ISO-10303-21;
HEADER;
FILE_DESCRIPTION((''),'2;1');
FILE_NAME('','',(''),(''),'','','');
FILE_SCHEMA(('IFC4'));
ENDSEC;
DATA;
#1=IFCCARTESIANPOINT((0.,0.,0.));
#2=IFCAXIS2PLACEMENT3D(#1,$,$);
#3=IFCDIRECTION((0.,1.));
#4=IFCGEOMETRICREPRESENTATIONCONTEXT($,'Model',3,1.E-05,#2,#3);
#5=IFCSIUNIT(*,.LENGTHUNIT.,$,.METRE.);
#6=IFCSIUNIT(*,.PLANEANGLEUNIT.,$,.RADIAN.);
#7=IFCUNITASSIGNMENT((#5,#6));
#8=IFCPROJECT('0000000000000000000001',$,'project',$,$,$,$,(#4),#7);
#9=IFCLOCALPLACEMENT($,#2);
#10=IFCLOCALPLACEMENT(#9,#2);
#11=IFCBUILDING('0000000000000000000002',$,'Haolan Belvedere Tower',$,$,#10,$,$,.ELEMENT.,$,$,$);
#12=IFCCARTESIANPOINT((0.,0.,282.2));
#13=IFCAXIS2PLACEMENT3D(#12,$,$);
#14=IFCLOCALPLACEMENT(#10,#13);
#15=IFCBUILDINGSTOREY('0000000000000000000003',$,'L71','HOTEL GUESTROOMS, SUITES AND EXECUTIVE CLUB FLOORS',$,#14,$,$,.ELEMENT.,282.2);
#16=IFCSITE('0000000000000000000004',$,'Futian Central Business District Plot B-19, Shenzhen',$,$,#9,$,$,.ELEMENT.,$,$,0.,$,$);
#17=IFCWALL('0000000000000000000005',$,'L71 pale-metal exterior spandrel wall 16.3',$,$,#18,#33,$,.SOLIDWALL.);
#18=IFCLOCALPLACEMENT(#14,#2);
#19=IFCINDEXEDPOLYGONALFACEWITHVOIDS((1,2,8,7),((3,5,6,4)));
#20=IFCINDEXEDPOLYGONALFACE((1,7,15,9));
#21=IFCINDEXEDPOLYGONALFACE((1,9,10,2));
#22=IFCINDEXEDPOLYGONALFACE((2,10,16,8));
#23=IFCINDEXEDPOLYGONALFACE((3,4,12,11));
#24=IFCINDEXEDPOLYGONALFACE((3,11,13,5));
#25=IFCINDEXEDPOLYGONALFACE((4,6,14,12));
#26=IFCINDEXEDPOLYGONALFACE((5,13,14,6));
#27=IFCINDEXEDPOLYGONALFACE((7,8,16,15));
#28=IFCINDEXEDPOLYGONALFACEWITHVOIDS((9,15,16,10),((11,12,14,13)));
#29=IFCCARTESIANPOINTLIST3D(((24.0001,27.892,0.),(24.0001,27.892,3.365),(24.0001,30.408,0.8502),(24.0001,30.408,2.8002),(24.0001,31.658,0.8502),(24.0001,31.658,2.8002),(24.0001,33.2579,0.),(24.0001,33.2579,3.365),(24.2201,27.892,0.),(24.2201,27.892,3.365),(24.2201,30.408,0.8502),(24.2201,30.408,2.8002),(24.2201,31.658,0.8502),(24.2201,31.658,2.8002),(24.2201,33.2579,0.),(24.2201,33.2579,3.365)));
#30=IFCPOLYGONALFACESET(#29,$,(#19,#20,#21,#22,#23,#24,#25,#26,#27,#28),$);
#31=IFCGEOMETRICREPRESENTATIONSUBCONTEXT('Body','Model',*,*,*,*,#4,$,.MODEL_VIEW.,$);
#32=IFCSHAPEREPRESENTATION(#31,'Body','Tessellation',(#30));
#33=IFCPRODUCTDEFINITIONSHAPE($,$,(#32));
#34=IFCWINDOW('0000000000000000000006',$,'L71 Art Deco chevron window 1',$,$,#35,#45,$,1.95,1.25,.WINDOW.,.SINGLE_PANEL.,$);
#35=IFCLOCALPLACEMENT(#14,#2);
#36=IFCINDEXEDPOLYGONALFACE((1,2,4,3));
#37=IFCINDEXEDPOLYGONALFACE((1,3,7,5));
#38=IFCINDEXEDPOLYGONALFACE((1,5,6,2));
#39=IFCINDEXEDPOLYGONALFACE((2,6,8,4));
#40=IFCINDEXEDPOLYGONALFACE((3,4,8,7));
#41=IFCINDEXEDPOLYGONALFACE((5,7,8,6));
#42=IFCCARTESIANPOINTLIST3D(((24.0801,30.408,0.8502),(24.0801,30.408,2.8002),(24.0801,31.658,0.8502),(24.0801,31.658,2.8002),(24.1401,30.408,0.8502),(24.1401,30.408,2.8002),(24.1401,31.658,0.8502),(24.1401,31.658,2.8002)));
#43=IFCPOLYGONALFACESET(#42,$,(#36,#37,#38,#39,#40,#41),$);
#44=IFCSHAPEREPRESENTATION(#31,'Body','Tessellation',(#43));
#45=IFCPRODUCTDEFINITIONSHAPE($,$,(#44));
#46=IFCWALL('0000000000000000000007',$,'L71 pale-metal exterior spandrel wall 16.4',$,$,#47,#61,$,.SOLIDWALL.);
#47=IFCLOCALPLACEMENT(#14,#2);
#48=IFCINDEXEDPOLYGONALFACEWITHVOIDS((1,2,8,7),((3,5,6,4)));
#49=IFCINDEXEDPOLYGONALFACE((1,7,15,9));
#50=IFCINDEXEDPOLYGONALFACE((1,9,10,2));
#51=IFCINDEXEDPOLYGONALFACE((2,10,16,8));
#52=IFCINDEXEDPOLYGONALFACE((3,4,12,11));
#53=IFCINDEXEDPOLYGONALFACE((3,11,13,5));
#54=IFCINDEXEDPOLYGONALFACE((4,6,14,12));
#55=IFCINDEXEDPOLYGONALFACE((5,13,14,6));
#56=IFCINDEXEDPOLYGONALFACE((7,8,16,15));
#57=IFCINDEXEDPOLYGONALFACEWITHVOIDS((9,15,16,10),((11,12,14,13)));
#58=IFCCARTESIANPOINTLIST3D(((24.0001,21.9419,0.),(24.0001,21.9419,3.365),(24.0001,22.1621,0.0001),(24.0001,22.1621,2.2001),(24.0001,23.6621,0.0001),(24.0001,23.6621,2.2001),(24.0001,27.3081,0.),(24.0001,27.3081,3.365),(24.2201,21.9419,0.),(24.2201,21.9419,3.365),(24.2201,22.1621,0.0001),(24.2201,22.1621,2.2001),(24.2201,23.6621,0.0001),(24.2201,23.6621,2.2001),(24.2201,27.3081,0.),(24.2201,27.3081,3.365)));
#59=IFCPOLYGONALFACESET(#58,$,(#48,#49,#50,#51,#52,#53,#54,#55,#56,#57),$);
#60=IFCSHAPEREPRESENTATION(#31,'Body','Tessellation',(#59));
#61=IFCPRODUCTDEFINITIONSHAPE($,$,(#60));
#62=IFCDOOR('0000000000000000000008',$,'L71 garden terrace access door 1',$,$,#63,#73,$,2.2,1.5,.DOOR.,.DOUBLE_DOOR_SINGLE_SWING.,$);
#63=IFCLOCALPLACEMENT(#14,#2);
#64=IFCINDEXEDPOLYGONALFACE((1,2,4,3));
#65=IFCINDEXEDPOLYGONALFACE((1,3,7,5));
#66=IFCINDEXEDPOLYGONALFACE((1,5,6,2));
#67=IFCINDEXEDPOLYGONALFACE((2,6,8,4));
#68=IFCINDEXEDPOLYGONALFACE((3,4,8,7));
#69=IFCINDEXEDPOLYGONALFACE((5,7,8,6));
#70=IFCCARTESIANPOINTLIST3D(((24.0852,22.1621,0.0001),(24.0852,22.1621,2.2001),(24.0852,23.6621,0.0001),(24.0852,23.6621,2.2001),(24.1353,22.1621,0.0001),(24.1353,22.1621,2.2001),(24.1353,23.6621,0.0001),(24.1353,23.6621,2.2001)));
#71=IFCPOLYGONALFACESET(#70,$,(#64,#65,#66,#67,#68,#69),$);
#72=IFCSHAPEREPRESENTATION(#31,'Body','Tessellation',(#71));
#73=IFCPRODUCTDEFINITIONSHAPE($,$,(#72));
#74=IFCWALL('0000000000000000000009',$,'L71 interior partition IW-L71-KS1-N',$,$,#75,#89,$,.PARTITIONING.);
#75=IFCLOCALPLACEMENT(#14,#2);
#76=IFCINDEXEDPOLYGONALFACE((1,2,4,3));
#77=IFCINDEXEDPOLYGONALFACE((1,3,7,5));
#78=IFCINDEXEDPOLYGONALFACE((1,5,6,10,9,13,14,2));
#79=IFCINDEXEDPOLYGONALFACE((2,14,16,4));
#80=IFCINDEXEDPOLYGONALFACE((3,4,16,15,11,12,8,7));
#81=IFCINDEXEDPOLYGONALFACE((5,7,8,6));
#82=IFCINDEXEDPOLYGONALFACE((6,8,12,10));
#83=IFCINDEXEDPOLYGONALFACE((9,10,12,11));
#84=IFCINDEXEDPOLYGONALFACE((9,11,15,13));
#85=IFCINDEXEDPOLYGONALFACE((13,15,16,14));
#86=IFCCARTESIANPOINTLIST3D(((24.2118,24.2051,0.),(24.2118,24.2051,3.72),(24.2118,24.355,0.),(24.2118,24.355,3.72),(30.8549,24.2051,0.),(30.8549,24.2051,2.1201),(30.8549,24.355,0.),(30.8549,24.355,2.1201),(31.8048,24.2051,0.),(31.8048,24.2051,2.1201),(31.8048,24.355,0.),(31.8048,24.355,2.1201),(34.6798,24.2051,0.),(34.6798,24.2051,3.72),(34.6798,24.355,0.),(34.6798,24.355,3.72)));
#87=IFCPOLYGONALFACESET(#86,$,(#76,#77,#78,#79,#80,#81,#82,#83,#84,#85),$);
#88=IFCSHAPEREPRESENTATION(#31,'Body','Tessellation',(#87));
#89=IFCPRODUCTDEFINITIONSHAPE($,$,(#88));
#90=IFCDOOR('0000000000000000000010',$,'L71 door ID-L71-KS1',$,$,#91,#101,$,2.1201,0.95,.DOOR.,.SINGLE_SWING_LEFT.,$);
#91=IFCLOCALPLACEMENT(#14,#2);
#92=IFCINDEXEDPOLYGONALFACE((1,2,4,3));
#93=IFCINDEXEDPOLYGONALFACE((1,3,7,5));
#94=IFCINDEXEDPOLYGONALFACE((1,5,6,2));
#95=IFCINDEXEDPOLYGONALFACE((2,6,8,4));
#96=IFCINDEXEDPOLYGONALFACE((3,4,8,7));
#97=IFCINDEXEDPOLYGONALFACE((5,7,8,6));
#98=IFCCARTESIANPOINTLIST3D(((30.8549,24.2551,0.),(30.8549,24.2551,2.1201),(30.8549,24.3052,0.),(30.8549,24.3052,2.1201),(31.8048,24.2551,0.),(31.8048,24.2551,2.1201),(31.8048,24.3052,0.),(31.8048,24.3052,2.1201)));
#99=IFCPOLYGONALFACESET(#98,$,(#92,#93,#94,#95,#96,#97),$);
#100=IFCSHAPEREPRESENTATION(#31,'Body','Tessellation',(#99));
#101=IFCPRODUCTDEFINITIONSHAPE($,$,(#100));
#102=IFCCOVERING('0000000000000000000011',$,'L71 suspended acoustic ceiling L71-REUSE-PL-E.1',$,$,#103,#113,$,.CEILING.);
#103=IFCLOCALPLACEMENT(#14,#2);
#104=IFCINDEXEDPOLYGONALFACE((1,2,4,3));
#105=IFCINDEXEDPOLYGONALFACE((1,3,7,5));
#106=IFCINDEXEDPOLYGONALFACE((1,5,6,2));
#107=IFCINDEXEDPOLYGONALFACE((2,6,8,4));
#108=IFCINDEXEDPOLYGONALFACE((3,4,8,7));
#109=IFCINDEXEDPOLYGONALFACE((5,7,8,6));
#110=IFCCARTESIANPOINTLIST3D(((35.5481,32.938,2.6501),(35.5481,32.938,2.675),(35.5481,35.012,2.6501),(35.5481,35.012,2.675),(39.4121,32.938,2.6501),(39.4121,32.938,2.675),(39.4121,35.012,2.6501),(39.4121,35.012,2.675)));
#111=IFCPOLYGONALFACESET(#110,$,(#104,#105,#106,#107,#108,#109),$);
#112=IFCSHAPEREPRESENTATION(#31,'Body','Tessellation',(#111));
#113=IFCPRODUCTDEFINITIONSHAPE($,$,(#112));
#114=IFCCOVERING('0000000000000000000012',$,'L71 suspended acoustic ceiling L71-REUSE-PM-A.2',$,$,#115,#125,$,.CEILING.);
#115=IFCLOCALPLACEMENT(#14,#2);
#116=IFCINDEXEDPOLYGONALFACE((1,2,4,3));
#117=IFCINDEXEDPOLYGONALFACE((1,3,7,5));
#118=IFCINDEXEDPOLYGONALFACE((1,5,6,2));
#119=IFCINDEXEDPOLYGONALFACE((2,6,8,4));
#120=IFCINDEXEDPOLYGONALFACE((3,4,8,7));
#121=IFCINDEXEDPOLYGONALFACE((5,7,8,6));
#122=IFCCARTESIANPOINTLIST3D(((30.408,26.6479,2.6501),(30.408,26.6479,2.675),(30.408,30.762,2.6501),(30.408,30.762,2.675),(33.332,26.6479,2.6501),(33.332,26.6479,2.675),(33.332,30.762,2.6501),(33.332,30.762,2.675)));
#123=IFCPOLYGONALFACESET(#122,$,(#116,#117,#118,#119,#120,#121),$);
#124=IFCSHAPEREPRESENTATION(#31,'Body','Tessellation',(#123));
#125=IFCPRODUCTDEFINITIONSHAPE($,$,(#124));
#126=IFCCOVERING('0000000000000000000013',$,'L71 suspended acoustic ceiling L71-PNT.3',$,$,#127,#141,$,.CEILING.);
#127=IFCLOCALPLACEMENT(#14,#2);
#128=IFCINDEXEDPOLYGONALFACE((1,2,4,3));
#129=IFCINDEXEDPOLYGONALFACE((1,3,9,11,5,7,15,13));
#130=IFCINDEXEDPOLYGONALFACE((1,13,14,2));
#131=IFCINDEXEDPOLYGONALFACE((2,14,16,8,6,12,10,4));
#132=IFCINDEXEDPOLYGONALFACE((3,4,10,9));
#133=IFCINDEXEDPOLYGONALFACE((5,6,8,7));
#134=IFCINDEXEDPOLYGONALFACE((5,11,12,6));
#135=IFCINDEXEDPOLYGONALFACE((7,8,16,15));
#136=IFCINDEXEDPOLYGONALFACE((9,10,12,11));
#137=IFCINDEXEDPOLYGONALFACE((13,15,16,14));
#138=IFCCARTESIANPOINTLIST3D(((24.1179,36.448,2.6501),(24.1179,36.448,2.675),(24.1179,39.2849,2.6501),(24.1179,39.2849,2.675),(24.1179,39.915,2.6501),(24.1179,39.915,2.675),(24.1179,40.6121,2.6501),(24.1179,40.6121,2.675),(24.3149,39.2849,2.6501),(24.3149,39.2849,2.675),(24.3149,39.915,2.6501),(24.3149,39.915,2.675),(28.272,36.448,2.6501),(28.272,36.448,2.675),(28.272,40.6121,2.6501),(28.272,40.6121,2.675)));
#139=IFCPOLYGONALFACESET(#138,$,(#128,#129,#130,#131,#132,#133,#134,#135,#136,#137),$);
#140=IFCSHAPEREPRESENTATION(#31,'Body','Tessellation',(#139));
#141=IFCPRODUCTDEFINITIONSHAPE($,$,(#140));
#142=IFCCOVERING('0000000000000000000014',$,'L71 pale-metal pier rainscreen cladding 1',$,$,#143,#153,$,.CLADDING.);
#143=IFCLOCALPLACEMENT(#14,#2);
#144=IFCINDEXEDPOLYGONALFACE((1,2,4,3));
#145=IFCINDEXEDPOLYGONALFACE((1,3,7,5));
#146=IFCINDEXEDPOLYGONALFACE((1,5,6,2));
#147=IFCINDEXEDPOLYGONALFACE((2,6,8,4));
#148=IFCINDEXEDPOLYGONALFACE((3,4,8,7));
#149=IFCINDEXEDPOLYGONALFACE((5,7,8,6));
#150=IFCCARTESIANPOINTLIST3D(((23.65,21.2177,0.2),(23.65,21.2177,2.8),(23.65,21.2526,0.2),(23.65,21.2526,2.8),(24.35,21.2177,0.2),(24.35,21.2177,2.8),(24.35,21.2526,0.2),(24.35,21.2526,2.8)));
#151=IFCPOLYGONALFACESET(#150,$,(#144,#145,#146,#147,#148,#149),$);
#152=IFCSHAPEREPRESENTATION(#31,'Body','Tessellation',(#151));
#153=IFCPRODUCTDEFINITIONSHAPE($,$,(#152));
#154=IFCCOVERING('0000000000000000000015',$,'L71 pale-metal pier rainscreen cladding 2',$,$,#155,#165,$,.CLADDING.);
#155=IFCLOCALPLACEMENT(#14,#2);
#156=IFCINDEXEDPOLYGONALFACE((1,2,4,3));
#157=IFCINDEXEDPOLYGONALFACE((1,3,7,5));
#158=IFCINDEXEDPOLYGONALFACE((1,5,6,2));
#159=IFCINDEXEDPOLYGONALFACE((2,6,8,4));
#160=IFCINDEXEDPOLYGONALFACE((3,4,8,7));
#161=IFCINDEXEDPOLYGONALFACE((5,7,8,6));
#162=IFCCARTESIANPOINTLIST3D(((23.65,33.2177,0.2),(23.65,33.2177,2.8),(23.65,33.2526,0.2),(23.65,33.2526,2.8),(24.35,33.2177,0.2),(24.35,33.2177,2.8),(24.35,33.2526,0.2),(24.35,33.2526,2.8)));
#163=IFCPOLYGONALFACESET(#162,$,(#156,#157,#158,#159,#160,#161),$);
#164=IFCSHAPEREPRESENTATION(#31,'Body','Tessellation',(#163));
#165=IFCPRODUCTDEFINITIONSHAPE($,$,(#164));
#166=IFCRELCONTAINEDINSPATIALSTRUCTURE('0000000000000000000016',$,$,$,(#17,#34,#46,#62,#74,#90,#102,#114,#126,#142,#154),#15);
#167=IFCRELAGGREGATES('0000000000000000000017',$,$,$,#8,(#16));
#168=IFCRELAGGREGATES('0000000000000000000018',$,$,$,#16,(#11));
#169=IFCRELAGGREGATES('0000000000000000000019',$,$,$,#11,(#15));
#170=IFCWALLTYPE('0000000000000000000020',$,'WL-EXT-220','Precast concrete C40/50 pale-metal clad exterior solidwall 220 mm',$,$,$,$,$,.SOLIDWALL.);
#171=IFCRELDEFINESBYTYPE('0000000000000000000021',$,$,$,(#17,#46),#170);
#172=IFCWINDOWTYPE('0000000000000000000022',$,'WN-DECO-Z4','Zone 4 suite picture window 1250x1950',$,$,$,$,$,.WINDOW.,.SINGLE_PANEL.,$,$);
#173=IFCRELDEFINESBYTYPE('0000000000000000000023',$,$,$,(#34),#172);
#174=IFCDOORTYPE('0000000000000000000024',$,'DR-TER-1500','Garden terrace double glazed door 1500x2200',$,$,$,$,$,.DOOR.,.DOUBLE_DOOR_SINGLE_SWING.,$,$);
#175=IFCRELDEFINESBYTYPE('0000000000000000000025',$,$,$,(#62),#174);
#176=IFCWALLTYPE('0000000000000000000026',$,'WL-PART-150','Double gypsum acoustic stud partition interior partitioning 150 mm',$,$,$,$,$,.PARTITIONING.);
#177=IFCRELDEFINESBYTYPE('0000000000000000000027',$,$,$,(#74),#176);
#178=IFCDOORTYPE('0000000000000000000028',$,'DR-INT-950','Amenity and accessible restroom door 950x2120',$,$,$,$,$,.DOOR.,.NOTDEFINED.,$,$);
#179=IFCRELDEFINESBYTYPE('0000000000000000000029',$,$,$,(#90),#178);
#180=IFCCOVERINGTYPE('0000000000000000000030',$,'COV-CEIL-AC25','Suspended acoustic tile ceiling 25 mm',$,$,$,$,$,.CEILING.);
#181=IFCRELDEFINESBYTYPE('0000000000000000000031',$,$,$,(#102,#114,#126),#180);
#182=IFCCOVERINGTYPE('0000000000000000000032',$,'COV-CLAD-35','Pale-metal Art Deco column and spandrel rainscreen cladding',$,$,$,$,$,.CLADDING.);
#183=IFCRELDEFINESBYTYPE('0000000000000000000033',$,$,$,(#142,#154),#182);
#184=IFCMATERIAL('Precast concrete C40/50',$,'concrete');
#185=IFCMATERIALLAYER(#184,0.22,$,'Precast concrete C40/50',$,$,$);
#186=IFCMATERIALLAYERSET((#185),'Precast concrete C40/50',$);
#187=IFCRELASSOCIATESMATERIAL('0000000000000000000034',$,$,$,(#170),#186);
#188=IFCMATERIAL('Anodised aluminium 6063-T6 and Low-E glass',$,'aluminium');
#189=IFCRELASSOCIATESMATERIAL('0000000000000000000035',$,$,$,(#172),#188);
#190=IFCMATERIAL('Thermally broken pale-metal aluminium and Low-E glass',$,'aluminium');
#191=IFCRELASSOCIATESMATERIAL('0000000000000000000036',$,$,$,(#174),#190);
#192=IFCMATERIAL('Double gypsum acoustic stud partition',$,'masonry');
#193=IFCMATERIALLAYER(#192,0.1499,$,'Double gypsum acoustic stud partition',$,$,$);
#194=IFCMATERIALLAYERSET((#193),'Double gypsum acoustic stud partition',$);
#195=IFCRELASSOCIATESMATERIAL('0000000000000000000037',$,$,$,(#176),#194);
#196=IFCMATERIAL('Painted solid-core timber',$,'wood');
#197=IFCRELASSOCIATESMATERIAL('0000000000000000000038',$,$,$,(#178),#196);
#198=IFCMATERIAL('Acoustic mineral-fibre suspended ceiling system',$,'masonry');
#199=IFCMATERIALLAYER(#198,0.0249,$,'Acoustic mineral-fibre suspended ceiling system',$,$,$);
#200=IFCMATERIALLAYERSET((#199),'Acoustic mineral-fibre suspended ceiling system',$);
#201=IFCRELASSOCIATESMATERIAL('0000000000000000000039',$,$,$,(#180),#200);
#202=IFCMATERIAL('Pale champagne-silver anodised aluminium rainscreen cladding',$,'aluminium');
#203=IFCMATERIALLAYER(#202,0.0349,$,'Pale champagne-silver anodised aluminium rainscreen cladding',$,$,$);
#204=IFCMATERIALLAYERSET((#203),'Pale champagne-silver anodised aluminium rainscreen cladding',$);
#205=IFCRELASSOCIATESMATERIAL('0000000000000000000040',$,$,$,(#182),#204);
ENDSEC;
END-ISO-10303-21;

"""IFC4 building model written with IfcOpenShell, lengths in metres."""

from ifc_helpers import new_model, si_unit, direction, frame, frame_2d, origin, origin_2d, place, context, subcontext, project, spatial, polyline, rectangle, outline, extrude, material, layer, layer_set, type_object, element, fill, save


model = new_model("IFC4")

# Units and contexts
model_context = context("Model", 3, precision=1e-05, world=origin(), true_north=direction((0.0, 1.0)))
body_context = subcontext(model_context, "Body", "Model", "MODEL_VIEW")
ifc_project = project(units=[si_unit("LENGTHUNIT", "METRE"), si_unit("PLANEANGLEUNIT", "RADIAN")], contexts=[model_context])

# Site, building, storey
site_placement = place(None, origin())
site = spatial("IfcSite", under=ifc_project, at=site_placement, Name="Futian Central Business District Plot B-19, Shenzhen", CompositionType="ELEMENT", RefElevation=0.0)
building_placement = place(site_placement, origin())
building = spatial("IfcBuilding", under=site, at=building_placement, Name="Haolan Belvedere Tower", CompositionType="ELEMENT")
storey_placement = place(building_placement, frame((0.0, 0.0, 282.2)))
storey = spatial("IfcBuildingStorey", under=building, at=storey_placement, Name="L71", Description="HOTEL GUESTROOMS, SUITES AND EXECUTIVE CLUB FLOORS", CompositionType="ELEMENT", Elevation=282.2)

# Wall, opening, window
ifc_material_1 = material(Name="Precast concrete C40/50", Category="concrete")
ifc_layer_1 = layer(ifc_material_1, 0.22, Name="Precast concrete C40/50")
ifc_layer_set_1 = layer_set([ifc_layer_1], Name="Precast concrete C40/50")
wall_type_1 = type_object("IfcWallType", Name="WL-EXT-220", Description="Precast concrete C40/50 pale-metal clad exterior solidwall 220 mm", PredefinedType="SOLIDWALL", material=ifc_layer_set_1)
wall_1_placement = place(storey_placement, frame((24.1101, 33.2581, 0.0), z_axis=(0.0, 0.0, 1.0), x_axis=(0.0, -1.0, 0.0)))
wall_1 = element("IfcWall", 1, at=wall_1_placement, inside=storey, type_object=wall_type_1, Name="L71 pale-metal exterior spandrel wall 16.3", PredefinedType="SOLIDWALL", context=body_context, shape_type="SweptSolid", body=[
    extrude(rectangle(XDim=5.366, YDim=0.22, at=frame_2d((2.6831, 0.0))), origin(), (0.0, 0.0, 1.0), 3.365),
])
opening_1_placement = place(wall_1_placement, frame((1.6001, 0.0, 0.8501)))
opening_1 = element("IfcOpeningElement", 2, at=opening_1_placement, cuts=wall_1, PredefinedType="OPENING", context=body_context, shape_type="SweptSolid", body=[
    extrude(rectangle(XDim=1.25, YDim=1.95, at=frame_2d((0.625, 0.9751))), frame((0.0, 0.1199, 0.0), z_axis=(0.0, -1.0, 0.0), x_axis=(1.0, 0.0, 0.0)), (0.0, 0.0, 1.0), 0.24),
])
ifc_material_2 = material(Name="Anodised aluminium 6063-T6 and Low-E glass", Category="aluminium")
window_type = type_object("IfcWindowType", Name="WN-DECO-Z4", Description="Zone 4 suite picture window 1250x1950", PartitioningType="SINGLE_PANEL", PredefinedType="WINDOW", material=ifc_material_2)
window_placement = place(opening_1_placement, origin())
window = element("IfcWindow", 3, at=window_placement, inside=storey, type_object=window_type, Name="L71 Art Deco chevron window 1", OverallHeight=1.95, OverallWidth=1.25, PartitioningType="SINGLE_PANEL", PredefinedType="WINDOW", context=body_context, shape_type="SweptSolid", body=[
    extrude(rectangle(XDim=1.25, YDim=1.95, at=frame_2d((0.625, 0.9751))), frame((0.0, 0.03, 0.0), z_axis=(0.0, -1.0, 0.0), x_axis=(1.0, 0.0, 0.0)), (0.0, 0.0, 1.0), 0.0601),
])
fill(opening_1, window)

# Walls, openings, doors
wall_2_placement = place(storey_placement, frame((24.1101, 27.3081, 0.0), z_axis=(0.0, 0.0, 1.0), x_axis=(0.0, -1.0, 0.0)))
wall_2 = element("IfcWall", 4, at=wall_2_placement, inside=storey, type_object=wall_type_1, Name="L71 pale-metal exterior spandrel wall 16.4", PredefinedType="SOLIDWALL", context=body_context, shape_type="SweptSolid", body=[
    extrude(rectangle(XDim=5.3662, YDim=0.22, at=frame_2d((2.6831, 0.0))), origin(), (0.0, 0.0, 1.0), 3.365),
])
opening_2_placement = place(wall_2_placement, frame((5.146, 0.0, 0.0), z_axis=(0.0, 0.0, 1.0), x_axis=(-1.0, 0.0, 0.0)))
opening_2 = element("IfcOpeningElement", 5, at=opening_2_placement, cuts=wall_2, PredefinedType="OPENING", context=body_context, shape_type="SweptSolid", body=[
    extrude(rectangle(XDim=1.5, YDim=2.2, at=frame_2d((0.75, 1.1001))), frame((0.0, 0.1199, 0.0), z_axis=(0.0, -1.0, 0.0), x_axis=(1.0, 0.0, 0.0)), (0.0, 0.0, 1.0), 0.24),
])
ifc_material_3 = material(Name="Thermally broken pale-metal aluminium and Low-E glass", Category="aluminium")
door_type_1 = type_object("IfcDoorType", Name="DR-TER-1500", Description="Garden terrace double glazed door 1500x2200", OperationType="DOUBLE_DOOR_SINGLE_SWING", PredefinedType="DOOR", material=ifc_material_3)
door_1_placement = place(opening_2_placement, origin())
door_1 = element("IfcDoor", 6, at=door_1_placement, inside=storey, type_object=door_type_1, Name="L71 garden terrace access door 1", OperationType="DOUBLE_DOOR_SINGLE_SWING", OverallHeight=2.2, OverallWidth=1.5, PredefinedType="DOOR", context=body_context, shape_type="SweptSolid", body=[
    extrude(rectangle(XDim=1.5, YDim=2.2, at=frame_2d((0.75, 1.1001))), frame((0.0, 0.0249, 0.0), z_axis=(0.0, -1.0, 0.0), x_axis=(1.0, 0.0, 0.0)), (0.0, 0.0, 1.0), 0.05),
])
fill(opening_2, door_1)
ifc_material_4 = material(Name="Double gypsum acoustic stud partition", Category="masonry")
ifc_layer_2 = layer(ifc_material_4, 0.1499, Name="Double gypsum acoustic stud partition")
ifc_layer_set_2 = layer_set([ifc_layer_2], Name="Double gypsum acoustic stud partition")
wall_type_2 = type_object("IfcWallType", Name="WL-PART-150", Description="Double gypsum acoustic stud partition interior partitioning 150 mm", PredefinedType="PARTITIONING", material=ifc_layer_set_2)
wall_3_placement = place(storey_placement, frame((24.2119, 24.28, 0.0), z_axis=(0.0, 0.0, 1.0), x_axis=(1.0, 0.0, 0.0)))
wall_3 = element("IfcWall", 7, at=wall_3_placement, inside=storey, type_object=wall_type_2, Name="L71 interior partition IW-L71-KS1-N", PredefinedType="PARTITIONING", context=body_context, shape_type="SweptSolid", body=[
    extrude(rectangle(XDim=10.468, YDim=0.1499, at=frame_2d((5.2339, 0.0))), origin(), (0.0, 0.0, 1.0), 3.72),
])
opening_3_placement = place(wall_3_placement, frame((7.593, 0.0, 0.0), z_axis=(0.0, 0.0, 1.0), x_axis=(-1.0, 0.0, 0.0)))
opening_3 = element("IfcOpeningElement", 8, at=opening_3_placement, cuts=wall_3, PredefinedType="OPENING", context=body_context, shape_type="SweptSolid", body=[
    extrude(rectangle(XDim=0.95, YDim=2.1201, at=frame_2d((0.4751, 1.0601))), frame((0.0, 0.085, 0.0), z_axis=(0.0, -1.0, 0.0), x_axis=(1.0, 0.0, 0.0)), (0.0, 0.0, 1.0), 0.1699),
])
ifc_material_5 = material(Name="Painted solid-core timber", Category="wood")
door_type_2 = type_object("IfcDoorType", Name="DR-INT-950", Description="Amenity and accessible restroom door 950x2120", OperationType="NOTDEFINED", PredefinedType="DOOR", material=ifc_material_5)
door_2_placement = place(opening_3_placement, origin())
door_2 = element("IfcDoor", 9, at=door_2_placement, inside=storey, type_object=door_type_2, Name="L71 door ID-L71-KS1", OperationType="SINGLE_SWING_LEFT", OverallHeight=2.1201, OverallWidth=0.95, PredefinedType="DOOR", context=body_context, shape_type="SweptSolid", body=[
    extrude(rectangle(XDim=0.95, YDim=2.1201, at=frame_2d((0.4751, 1.0601))), frame((0.0, 0.0249, 0.0), z_axis=(0.0, -1.0, 0.0), x_axis=(1.0, 0.0, 0.0)), (0.0, 0.0, 1.0), 0.05),
])
fill(opening_3, door_2)

# Coverings
ifc_material_6 = material(Name="Acoustic mineral-fibre suspended ceiling system", Category="masonry")
ifc_layer_3 = layer(ifc_material_6, 0.0249, Name="Acoustic mineral-fibre suspended ceiling system")
ifc_layer_set_3 = layer_set([ifc_layer_3], Name="Acoustic mineral-fibre suspended ceiling system")
covering_type_1 = type_object("IfcCoveringType", Name="COV-CEIL-AC25", Description="Suspended acoustic tile ceiling 25 mm", PredefinedType="CEILING", material=ifc_layer_set_3)
covering_1_placement = place(storey_placement, frame((0.0, 0.0, 2.6501)))
element("IfcCovering", 10, at=covering_1_placement, inside=storey, type_object=covering_type_1, Name="L71 suspended acoustic ceiling L71-REUSE-PL-E.1", PredefinedType="CEILING", context=body_context, shape_type="SweptSolid", body=[
    extrude(outline(polyline([(35.5481, 32.938), (39.4121, 32.938), (39.4121, 35.012), (35.5481, 35.012), (35.5481, 32.938)])), origin(), (0.0, 0.0, 1.0), 0.0249),
])
covering_2_placement = place(storey_placement, frame((0.0, 0.0, 2.6501)))
element("IfcCovering", 11, at=covering_2_placement, inside=storey, type_object=covering_type_1, Name="L71 suspended acoustic ceiling L71-REUSE-PM-A.2", PredefinedType="CEILING", context=body_context, shape_type="SweptSolid", body=[
    extrude(outline(polyline([(30.408, 26.6479), (33.332, 26.6479), (33.332, 30.762), (30.408, 30.762), (30.408, 26.6479)])), origin(), (0.0, 0.0, 1.0), 0.0249),
])
covering_3_placement = place(storey_placement, frame((0.0, 0.0, 2.6501)))
element("IfcCovering", 12, at=covering_3_placement, inside=storey, type_object=covering_type_1, Name="L71 suspended acoustic ceiling L71-PNT.3", PredefinedType="CEILING", context=body_context, shape_type="SweptSolid", body=[
    extrude(outline(polyline([(24.1179, 39.915), (24.3149, 39.915), (24.3149, 39.2849), (24.1179, 39.2849), (24.1179, 36.448), (28.272, 36.448), (28.272, 40.6121), (24.1179, 40.6121), (24.1179, 39.915)])), origin(), (0.0, 0.0, 1.0), 0.0249),
])
ifc_material_7 = material(Name="Pale champagne-silver anodised aluminium rainscreen cladding", Category="aluminium")
ifc_layer_4 = layer(ifc_material_7, 0.0349, Name="Pale champagne-silver anodised aluminium rainscreen cladding")
ifc_layer_set_4 = layer_set([ifc_layer_4], Name="Pale champagne-silver anodised aluminium rainscreen cladding")
covering_type_2 = type_object("IfcCoveringType", Name="COV-CLAD-35", Description="Pale-metal Art Deco column and spandrel rainscreen cladding", PredefinedType="CLADDING", material=ifc_layer_set_4)
for number, where, z_axis, x_axis, name in (
    (13, (24.0, 21.2351, 0.2), (0.0, 0.0, 1.0), (1.0, 0.0, 0.0), "L71 pale-metal pier rainscreen cladding 1"),
    (14, (24.0, 33.2351, 0.2), (0.0, 0.0, 1.0), (1.0, 0.0, 0.0), "L71 pale-metal pier rainscreen cladding 2"),
):
    element("IfcCovering", number, at=place(storey_placement, frame(where, z_axis=z_axis, x_axis=x_axis)), inside=storey, type_object=covering_type_2, Name=name, PredefinedType="CLADDING", context=body_context, shape_type="SweptSolid", body=[
        extrude(rectangle(XDim=0.7, YDim=0.0349, at=origin_2d()), origin(), (0.0, 0.0, 1.0), 2.6001),
    ])

save(model, "model.ifc")
